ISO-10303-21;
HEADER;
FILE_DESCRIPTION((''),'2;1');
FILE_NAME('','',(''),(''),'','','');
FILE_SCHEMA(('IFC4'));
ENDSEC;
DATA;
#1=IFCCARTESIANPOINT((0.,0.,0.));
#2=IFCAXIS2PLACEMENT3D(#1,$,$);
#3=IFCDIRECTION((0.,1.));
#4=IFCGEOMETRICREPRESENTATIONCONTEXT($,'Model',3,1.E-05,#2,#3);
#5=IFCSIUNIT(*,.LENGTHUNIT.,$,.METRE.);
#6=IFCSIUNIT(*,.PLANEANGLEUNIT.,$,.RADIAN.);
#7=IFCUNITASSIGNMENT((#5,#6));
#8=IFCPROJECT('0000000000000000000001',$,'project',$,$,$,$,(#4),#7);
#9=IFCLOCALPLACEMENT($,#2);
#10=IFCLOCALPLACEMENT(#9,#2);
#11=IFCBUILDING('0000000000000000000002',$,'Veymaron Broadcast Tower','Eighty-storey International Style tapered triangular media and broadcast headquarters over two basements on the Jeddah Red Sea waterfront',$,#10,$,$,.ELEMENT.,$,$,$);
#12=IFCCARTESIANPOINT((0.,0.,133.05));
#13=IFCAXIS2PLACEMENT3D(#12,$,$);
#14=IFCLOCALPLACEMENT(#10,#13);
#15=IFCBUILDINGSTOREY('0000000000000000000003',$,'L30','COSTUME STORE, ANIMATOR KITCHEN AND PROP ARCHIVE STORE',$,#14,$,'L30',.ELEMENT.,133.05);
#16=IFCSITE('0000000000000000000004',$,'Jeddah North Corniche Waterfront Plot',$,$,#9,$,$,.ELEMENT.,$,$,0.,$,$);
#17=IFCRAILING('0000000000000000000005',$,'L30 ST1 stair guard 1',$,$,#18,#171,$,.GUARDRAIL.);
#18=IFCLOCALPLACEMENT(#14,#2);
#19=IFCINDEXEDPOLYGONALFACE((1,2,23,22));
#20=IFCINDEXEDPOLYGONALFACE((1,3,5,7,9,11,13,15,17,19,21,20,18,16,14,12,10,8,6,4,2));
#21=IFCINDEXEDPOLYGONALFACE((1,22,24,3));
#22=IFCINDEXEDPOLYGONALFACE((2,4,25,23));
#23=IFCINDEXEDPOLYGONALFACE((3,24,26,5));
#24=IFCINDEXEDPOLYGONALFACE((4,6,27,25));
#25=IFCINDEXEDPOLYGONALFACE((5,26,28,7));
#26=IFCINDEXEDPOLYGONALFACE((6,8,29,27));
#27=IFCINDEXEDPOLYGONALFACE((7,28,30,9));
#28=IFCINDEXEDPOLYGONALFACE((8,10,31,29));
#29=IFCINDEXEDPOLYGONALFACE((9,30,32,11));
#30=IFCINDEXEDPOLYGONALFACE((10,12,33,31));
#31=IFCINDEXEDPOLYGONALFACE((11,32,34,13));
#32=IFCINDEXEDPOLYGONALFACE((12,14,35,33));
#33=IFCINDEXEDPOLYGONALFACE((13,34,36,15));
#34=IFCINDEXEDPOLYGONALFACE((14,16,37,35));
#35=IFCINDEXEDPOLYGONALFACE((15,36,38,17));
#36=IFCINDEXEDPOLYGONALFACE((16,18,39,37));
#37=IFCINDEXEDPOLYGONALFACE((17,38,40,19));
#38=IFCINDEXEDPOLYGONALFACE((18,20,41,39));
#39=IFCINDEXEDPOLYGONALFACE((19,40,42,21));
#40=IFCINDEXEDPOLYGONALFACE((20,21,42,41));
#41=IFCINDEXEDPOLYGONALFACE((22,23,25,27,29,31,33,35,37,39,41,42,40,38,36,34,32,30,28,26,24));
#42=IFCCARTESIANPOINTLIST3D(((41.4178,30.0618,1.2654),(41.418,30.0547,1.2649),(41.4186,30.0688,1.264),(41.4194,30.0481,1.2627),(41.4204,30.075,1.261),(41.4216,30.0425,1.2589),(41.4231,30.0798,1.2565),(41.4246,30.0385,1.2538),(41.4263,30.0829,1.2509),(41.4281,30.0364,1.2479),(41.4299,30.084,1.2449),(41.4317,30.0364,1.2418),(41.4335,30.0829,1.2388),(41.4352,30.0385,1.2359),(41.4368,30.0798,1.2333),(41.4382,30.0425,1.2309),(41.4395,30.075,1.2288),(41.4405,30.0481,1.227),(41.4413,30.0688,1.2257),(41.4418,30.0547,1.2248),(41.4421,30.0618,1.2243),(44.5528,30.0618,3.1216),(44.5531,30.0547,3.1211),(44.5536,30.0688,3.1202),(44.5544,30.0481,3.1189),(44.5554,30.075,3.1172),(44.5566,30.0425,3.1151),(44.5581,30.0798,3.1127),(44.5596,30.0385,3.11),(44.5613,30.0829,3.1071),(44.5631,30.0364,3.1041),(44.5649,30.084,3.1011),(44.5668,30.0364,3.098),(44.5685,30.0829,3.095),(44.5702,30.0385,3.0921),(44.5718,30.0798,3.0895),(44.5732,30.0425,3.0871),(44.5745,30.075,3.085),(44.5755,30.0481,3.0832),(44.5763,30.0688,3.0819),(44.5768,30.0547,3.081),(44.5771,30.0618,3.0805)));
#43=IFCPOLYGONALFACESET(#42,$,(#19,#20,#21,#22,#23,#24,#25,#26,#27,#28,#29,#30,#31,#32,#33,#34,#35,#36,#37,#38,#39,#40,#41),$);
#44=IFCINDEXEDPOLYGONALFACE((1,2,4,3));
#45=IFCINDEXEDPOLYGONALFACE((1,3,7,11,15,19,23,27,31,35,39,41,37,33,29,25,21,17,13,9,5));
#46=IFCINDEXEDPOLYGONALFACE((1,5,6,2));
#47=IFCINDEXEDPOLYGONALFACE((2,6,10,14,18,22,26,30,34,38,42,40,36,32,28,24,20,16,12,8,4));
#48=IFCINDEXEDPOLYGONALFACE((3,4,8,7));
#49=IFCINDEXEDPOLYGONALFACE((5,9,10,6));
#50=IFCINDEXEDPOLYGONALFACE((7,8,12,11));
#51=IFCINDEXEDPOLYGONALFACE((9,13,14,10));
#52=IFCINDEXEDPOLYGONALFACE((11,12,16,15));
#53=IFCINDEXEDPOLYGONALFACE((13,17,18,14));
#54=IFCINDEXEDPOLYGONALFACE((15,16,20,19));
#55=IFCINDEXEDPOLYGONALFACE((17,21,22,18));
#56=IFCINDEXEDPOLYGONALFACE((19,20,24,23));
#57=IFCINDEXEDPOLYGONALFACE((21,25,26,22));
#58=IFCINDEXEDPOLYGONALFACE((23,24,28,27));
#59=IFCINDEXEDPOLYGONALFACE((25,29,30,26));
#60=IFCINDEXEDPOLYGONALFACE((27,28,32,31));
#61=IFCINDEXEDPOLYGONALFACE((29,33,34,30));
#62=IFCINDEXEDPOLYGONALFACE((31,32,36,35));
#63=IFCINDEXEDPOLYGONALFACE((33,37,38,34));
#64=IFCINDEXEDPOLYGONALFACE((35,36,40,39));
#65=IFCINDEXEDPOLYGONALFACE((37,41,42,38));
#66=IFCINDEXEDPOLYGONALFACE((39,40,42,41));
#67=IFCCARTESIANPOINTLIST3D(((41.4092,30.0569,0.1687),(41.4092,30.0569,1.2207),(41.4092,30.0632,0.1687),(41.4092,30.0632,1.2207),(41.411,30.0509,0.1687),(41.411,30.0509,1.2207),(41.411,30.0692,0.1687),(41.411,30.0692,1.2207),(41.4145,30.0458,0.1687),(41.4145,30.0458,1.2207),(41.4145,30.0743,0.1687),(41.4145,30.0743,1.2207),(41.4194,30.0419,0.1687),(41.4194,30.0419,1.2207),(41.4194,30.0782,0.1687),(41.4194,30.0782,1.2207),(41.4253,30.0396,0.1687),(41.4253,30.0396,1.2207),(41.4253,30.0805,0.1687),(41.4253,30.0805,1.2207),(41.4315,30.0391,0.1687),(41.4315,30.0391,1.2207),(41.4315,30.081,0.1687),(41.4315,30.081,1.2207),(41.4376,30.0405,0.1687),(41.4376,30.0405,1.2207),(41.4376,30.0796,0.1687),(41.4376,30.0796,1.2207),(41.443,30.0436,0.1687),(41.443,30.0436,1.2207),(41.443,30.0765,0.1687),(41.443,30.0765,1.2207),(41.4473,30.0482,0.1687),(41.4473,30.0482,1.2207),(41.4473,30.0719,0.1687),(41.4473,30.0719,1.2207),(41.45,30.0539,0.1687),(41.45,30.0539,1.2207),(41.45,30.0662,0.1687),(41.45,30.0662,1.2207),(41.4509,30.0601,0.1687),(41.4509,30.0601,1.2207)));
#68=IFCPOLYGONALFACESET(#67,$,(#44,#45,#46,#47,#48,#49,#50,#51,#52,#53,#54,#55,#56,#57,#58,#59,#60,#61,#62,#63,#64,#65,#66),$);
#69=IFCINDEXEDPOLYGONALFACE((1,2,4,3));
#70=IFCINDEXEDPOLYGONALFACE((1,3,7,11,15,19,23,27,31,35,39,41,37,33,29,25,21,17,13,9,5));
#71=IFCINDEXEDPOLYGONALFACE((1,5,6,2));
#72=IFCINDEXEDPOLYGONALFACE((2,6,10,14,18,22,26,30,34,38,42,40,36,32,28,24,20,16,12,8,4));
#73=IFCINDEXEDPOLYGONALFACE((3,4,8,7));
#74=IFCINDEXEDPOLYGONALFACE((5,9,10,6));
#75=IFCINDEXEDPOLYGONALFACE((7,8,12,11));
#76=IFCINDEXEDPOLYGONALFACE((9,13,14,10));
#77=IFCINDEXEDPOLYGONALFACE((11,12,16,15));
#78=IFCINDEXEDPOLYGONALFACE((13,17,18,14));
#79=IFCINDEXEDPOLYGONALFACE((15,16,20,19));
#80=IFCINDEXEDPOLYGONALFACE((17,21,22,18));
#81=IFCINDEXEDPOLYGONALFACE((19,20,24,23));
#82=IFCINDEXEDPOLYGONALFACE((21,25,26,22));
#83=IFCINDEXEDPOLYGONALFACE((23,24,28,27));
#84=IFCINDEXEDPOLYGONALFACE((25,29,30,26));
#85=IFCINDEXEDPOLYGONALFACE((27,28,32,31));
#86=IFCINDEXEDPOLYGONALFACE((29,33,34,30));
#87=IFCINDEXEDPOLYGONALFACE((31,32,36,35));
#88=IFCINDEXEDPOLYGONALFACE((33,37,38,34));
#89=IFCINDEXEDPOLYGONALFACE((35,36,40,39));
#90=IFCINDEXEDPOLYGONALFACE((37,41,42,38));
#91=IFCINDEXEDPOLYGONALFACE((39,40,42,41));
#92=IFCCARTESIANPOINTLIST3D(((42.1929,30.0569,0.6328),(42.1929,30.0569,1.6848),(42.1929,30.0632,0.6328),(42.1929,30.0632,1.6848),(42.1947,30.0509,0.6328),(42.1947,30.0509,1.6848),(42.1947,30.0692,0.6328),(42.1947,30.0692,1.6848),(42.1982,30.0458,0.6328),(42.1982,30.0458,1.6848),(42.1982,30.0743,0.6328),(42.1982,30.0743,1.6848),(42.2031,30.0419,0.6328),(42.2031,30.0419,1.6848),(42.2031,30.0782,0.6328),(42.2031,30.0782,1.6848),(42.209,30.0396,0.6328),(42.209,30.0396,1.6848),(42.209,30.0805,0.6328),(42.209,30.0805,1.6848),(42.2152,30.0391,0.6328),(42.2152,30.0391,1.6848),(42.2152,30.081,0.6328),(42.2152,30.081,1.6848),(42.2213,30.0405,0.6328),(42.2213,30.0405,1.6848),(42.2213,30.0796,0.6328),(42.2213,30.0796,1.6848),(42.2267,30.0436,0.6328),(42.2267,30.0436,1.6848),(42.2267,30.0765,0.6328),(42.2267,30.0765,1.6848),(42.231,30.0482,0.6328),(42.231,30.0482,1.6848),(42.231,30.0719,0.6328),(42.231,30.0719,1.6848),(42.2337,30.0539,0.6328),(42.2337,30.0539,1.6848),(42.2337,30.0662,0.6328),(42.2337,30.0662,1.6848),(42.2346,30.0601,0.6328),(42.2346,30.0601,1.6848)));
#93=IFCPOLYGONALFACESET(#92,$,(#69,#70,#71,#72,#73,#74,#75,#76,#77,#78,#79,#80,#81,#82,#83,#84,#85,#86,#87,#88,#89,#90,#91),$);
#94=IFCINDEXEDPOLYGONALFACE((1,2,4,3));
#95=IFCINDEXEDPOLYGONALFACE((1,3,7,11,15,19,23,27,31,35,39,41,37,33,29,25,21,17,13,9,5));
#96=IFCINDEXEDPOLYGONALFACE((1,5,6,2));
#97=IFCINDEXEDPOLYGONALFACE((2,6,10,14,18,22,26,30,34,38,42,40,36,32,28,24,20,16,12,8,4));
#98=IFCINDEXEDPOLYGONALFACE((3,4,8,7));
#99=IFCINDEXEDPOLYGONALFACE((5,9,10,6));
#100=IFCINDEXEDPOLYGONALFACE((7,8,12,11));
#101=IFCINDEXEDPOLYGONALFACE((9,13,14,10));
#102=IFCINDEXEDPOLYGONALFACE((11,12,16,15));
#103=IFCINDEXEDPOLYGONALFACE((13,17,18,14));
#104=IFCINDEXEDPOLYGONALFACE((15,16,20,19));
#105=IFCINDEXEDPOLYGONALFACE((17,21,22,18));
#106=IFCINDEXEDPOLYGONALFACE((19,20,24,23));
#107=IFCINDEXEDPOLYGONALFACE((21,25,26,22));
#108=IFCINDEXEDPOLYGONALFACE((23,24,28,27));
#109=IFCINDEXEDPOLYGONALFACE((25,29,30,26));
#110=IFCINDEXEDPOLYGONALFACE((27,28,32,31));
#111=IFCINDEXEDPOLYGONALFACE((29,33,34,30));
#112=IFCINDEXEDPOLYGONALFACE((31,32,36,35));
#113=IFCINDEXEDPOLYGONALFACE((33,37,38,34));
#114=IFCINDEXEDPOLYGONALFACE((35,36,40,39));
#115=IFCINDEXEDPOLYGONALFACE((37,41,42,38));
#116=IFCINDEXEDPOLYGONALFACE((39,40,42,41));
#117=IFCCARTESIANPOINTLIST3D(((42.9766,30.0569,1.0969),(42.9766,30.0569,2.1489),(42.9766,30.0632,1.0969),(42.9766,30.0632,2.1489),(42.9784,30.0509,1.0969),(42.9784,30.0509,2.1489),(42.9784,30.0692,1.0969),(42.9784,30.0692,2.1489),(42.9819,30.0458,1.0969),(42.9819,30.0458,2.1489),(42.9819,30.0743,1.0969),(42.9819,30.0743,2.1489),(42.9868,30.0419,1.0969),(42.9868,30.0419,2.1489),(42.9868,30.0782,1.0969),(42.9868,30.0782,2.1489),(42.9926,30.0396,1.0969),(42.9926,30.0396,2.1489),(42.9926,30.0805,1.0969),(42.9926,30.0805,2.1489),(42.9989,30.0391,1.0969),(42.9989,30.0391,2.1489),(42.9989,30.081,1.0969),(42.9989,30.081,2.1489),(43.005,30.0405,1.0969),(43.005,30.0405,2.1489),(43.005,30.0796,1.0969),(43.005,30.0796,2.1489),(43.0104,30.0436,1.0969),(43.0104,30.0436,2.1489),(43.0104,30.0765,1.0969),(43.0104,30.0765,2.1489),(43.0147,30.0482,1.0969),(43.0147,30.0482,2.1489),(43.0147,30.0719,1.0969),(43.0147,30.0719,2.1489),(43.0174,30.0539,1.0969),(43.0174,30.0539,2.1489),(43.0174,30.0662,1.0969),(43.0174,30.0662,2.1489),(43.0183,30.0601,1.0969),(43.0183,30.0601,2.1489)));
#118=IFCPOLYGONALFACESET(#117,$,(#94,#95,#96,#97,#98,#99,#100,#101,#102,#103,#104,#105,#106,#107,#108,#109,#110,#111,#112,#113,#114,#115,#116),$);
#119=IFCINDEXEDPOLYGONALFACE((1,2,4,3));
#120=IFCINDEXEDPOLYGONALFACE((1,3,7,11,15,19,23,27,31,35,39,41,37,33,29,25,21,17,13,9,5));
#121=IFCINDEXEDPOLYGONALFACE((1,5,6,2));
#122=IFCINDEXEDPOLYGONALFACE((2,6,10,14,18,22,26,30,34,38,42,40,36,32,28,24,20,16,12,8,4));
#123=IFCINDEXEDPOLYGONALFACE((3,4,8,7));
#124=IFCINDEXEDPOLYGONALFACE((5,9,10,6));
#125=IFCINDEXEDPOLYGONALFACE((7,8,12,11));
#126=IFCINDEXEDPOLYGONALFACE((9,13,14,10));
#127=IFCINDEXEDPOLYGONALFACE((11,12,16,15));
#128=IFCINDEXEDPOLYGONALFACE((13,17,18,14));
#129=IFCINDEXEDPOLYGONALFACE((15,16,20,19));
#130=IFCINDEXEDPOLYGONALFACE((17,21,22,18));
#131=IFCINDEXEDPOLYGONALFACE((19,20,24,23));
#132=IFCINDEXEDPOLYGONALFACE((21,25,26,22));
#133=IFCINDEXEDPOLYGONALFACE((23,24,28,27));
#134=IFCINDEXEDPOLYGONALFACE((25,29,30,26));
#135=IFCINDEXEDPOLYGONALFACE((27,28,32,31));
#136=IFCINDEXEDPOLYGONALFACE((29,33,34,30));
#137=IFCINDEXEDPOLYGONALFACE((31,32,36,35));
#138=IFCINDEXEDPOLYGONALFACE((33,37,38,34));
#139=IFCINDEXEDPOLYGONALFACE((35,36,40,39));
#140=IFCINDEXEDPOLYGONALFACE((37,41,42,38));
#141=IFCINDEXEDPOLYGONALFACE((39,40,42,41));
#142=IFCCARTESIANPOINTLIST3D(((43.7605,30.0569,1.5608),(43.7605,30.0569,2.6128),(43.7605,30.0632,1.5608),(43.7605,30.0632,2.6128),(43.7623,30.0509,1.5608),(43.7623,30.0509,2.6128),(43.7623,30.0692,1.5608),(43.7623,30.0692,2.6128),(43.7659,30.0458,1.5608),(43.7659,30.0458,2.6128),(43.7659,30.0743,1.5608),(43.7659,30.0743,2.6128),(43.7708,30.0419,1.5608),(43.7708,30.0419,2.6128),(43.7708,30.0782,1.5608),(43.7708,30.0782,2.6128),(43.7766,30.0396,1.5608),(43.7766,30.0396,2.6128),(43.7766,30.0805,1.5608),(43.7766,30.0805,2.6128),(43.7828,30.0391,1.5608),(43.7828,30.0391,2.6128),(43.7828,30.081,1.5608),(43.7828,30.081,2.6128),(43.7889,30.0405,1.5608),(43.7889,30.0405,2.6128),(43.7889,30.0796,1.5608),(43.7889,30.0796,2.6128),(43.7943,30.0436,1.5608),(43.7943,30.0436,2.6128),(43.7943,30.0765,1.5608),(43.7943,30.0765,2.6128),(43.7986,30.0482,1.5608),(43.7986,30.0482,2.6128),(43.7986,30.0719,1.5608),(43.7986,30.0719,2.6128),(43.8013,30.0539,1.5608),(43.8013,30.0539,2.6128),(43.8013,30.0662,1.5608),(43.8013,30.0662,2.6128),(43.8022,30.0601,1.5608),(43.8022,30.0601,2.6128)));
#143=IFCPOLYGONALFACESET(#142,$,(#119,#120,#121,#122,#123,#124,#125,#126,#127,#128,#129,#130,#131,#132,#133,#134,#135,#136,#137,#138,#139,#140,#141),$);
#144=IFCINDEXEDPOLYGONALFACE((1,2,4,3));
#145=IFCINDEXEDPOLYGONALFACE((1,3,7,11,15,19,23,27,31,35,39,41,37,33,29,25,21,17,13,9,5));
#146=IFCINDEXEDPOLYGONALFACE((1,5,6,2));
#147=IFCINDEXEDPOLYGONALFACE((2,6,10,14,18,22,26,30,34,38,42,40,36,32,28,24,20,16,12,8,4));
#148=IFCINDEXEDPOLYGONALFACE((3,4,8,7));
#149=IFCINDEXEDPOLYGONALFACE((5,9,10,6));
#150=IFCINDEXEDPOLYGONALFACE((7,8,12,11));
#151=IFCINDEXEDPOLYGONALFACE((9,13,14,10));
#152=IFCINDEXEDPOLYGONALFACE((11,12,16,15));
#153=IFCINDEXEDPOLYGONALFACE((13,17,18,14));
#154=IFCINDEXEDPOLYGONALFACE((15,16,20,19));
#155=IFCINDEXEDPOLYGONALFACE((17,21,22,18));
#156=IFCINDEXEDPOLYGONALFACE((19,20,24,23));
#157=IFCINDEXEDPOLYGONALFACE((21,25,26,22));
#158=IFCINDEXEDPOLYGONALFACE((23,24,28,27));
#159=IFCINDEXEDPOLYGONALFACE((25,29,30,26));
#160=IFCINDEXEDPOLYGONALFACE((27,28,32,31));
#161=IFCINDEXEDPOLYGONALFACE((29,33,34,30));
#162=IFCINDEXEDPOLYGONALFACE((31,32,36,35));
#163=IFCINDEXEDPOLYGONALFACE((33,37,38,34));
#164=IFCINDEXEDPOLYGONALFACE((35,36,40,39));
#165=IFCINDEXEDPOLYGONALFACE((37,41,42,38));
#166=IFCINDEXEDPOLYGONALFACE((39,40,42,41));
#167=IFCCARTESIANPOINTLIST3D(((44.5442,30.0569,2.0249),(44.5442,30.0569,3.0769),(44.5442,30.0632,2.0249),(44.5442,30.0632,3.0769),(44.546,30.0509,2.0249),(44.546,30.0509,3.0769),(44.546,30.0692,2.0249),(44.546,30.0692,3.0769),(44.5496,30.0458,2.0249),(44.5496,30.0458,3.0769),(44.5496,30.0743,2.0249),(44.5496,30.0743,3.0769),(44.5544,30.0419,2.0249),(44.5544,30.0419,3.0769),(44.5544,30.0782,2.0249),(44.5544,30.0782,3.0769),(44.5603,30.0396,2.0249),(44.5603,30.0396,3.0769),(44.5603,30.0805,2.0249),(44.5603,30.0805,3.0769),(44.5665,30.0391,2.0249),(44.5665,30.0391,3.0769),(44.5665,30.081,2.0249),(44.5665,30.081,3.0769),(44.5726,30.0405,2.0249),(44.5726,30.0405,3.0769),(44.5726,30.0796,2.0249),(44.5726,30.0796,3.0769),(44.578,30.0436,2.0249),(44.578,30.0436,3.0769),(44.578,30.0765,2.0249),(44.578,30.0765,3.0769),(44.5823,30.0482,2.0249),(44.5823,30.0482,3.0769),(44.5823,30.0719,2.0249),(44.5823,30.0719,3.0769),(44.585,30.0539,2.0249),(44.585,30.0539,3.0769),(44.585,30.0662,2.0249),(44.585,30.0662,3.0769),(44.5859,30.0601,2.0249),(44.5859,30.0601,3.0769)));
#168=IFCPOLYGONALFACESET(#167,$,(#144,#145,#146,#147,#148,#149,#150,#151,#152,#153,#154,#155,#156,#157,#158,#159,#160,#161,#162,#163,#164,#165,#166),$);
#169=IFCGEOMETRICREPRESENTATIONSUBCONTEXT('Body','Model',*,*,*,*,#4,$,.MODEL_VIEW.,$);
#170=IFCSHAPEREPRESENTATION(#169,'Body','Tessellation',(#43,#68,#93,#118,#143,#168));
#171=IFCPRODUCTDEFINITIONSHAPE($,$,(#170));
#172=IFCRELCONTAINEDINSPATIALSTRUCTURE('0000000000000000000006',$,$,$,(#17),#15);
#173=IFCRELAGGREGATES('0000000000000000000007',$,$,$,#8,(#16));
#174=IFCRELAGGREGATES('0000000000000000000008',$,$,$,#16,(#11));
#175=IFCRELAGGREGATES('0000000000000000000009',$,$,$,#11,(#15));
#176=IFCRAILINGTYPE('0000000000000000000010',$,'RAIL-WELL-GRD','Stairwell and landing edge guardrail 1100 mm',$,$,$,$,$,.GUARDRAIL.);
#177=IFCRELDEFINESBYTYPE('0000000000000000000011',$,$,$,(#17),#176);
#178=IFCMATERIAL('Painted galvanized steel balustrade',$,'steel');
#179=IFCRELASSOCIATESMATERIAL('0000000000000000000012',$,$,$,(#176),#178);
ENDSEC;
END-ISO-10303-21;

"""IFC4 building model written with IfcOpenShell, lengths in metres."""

from ifc_helpers import new_model, si_unit, direction, frame, origin, origin_2d, place, context, subcontext, project, spatial, circle, extrude, material, type_object, element, save


model = new_model("IFC4")

# Units and contexts
model_context = context("Model", 3, precision=1e-05, world=origin(), true_north=direction((0.0, 1.0)))
body_context = subcontext(model_context, "Body", "Model", "MODEL_VIEW")
ifc_project = project(units=[si_unit("LENGTHUNIT", "METRE"), si_unit("PLANEANGLEUNIT", "RADIAN")], contexts=[model_context])

# Site, building, storey
site_placement = place(None, origin())
site = spatial("IfcSite", under=ifc_project, at=site_placement, Name="Jeddah North Corniche Waterfront Plot", CompositionType="ELEMENT", RefElevation=0.0)
building_placement = place(site_placement, origin())
building = spatial("IfcBuilding", under=site, at=building_placement, Name="Veymaron Broadcast Tower", Description="Eighty-storey International Style tapered triangular media and broadcast headquarters over two basements on the Jeddah Red Sea waterfront", CompositionType="ELEMENT")
storey_placement = place(building_placement, frame((0.0, 0.0, 133.05)))
storey = spatial("IfcBuildingStorey", under=building, at=storey_placement, Name="L30", Description="COSTUME STORE, ANIMATOR KITCHEN AND PROP ARCHIVE STORE", LongName="L30", CompositionType="ELEMENT", Elevation=133.05)

# Railing
ifc_material_1 = material(Name="Painted galvanized steel balustrade", Category="steel")
railing_type_1 = type_object("IfcRailingType", Name="RAIL-WELL-GRD", Description="Stairwell and landing edge guardrail 1100 mm", PredefinedType="GUARDRAIL", material=ifc_material_1)
railing_1_placement = place(storey_placement, frame((41.4299, 30.0601, 0.1687)))
element("IfcRailing", 1, at=railing_1_placement, inside=storey, type_object=railing_type_1, Name="L30 ST1 stair guard 1", PredefinedType="GUARDRAIL", context=body_context, shape_type="SweptSolid", body=[
    extrude(circle(Radius=0.0239, at=origin_2d()), frame((0.0, 0.0, 1.0762), z_axis=(0.860482, 0.0, 0.509481), x_axis=(0.0, 1.0, 0.0)), (0.0, 0.0, 1.0), 3.6433),
    extrude(circle(Radius=0.021, at=origin_2d()), origin(), (0.0, 0.0, 1.0), 1.052),
    extrude(circle(Radius=0.021, at=origin_2d()), frame((0.7837, 0.0, 0.4641)), (0.0, 0.0, 1.0), 1.052),
    extrude(circle(Radius=0.021, at=origin_2d()), frame((1.5674, 0.0, 0.9282)), (0.0, 0.0, 1.0), 1.052),
    extrude(circle(Radius=0.021, at=origin_2d()), frame((2.3513, 0.0, 1.3921)), (0.0, 0.0, 1.0), 1.052),
    extrude(circle(Radius=0.021, at=origin_2d()), frame((3.135, 0.0, 1.8562)), (0.0, 0.0, 1.0), 1.052),
])

save(model, "model.ifc")
